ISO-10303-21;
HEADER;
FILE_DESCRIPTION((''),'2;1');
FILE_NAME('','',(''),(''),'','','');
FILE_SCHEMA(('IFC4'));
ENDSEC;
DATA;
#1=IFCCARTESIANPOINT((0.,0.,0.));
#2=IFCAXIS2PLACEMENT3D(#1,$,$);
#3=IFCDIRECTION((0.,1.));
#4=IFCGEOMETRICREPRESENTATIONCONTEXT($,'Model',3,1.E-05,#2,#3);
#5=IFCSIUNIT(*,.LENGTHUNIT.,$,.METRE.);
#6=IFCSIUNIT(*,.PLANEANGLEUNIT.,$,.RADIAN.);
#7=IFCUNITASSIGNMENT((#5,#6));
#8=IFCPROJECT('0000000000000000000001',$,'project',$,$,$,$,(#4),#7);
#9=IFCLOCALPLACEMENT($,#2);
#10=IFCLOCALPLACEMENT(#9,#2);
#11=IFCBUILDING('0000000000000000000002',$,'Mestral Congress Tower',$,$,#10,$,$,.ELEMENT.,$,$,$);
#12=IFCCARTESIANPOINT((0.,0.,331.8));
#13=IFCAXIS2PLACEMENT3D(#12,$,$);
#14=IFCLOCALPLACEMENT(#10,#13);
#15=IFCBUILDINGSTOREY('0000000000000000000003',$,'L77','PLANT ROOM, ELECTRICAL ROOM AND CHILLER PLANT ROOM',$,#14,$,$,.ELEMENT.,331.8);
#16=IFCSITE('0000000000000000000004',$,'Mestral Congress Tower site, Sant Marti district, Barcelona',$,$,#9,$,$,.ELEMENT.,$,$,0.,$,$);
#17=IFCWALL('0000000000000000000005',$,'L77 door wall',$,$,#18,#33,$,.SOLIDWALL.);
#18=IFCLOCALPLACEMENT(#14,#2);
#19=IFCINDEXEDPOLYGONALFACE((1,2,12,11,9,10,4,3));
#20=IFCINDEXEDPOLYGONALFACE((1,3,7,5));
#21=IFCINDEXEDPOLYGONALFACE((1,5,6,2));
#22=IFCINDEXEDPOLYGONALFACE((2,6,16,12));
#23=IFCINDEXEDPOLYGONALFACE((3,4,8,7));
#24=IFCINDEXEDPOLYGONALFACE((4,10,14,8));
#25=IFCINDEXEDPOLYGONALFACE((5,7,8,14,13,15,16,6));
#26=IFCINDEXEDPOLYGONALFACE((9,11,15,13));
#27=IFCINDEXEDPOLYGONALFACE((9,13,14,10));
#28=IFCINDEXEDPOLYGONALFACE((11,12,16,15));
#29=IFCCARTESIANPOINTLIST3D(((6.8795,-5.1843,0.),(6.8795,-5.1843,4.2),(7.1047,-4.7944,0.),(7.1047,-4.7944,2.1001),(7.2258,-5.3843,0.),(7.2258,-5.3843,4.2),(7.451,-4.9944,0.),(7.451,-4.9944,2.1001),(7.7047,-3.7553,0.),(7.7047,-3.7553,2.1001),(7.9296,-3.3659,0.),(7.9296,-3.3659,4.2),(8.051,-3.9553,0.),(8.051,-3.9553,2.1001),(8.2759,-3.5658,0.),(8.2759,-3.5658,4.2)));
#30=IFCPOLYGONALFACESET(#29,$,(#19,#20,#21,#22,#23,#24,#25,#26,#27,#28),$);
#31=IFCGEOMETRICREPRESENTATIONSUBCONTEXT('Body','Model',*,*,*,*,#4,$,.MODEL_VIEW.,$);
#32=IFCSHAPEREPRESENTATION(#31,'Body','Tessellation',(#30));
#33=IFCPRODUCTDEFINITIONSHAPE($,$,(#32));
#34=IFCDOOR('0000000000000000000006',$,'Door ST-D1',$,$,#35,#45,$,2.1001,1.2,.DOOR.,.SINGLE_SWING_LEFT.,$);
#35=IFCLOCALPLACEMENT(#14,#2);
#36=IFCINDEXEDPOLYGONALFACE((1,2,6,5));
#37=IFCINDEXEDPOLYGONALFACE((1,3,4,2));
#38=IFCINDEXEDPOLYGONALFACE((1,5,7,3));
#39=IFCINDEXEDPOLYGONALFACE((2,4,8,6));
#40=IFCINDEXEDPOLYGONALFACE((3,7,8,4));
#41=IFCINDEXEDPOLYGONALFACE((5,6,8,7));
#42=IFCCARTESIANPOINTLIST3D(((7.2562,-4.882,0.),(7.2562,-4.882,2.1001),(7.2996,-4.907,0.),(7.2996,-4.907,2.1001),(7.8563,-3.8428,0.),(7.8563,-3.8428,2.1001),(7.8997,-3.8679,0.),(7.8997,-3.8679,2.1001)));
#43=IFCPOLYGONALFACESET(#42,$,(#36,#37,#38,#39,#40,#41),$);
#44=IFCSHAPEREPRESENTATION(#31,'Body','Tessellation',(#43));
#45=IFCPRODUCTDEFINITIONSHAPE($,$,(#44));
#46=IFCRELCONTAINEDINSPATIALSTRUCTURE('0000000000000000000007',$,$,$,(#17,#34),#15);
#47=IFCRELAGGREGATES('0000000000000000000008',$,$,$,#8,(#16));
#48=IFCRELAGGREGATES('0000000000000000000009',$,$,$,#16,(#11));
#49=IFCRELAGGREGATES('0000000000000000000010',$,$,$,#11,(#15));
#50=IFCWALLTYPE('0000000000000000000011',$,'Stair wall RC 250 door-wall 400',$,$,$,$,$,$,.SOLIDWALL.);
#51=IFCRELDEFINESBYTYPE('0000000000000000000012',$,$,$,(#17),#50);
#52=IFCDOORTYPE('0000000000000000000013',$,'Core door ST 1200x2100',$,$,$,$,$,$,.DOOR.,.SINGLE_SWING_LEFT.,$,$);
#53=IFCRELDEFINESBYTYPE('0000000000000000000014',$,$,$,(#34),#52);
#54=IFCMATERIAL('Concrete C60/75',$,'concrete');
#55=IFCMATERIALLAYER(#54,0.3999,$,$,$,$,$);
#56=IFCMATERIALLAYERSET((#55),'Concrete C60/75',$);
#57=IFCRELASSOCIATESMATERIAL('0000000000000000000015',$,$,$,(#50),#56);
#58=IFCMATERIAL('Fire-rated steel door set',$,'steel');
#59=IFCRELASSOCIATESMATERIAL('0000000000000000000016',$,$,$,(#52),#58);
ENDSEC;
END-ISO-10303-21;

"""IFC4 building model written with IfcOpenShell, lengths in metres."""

from ifc_helpers import new_model, si_unit, direction, frame, frame_2d, origin, place, context, subcontext, project, spatial, rectangle, extrude, material, layer, layer_set, type_object, element, fill, save


model = new_model("IFC4")

# Units and contexts
model_context = context("Model", 3, precision=1e-05, world=origin(), true_north=direction((0.0, 1.0)))
body_context = subcontext(model_context, "Body", "Model", "MODEL_VIEW")
ifc_project = project(units=[si_unit("LENGTHUNIT", "METRE"), si_unit("PLANEANGLEUNIT", "RADIAN")], contexts=[model_context])

# Site, building, storey
site_placement = place(None, origin())
site = spatial("IfcSite", under=ifc_project, at=site_placement, Name="Mestral Congress Tower site, Sant Marti district, Barcelona", CompositionType="ELEMENT", RefElevation=0.0)
building_placement = place(site_placement, origin())
building = spatial("IfcBuilding", under=site, at=building_placement, Name="Mestral Congress Tower", CompositionType="ELEMENT")
storey_placement = place(building_placement, frame((0.0, 0.0, 331.8)))
storey = spatial("IfcBuildingStorey", under=building, at=storey_placement, Name="L77", Description="PLANT ROOM, ELECTRICAL ROOM AND CHILLER PLANT ROOM", CompositionType="ELEMENT", Elevation=331.8)

# Shared definitions
ifc_material_1 = material(Name="Fire-rated steel door set", Category="steel")

# Shared definitions
ifc_material_2 = material(Name="Concrete C60/75", Category="concrete")

# Wall, opening, door
ifc_layer_1 = layer(ifc_material_2, 0.3999)
ifc_layer_set_1 = layer_set([ifc_layer_1], Name="Concrete C60/75")
wall_type_1 = type_object("IfcWallType", Name="Stair wall RC 250 door-wall 400", PredefinedType="SOLIDWALL", material=ifc_layer_set_1)
wall_1_placement = place(storey_placement, frame((7.0527, -5.2842, 0.0), z_axis=(0.0, 0.0, 1.0), x_axis=(0.500078, 0.86598, 0.0)))
wall_1 = element("IfcWall", 1, at=wall_1_placement, inside=storey, type_object=wall_type_1, Name="L77 door wall", PredefinedType="SOLIDWALL", context=body_context, shape_type="SweptSolid", body=[
    extrude(rectangle(XDim=2.0999, YDim=0.3999, at=frame_2d((1.0498, 0.0))), origin(), (0.0, 0.0, 1.0), 4.2),
])
opening_1_placement = place(wall_1_placement, frame((0.45, 0.0, 0.0)))
opening_1 = element("IfcOpeningElement", 2, at=opening_1_placement, cuts=wall_1, PredefinedType="OPENING", context=body_context, shape_type="SweptSolid", body=[
    extrude(rectangle(XDim=1.2, YDim=2.1001, at=frame_2d((0.6001, 1.05))), frame((0.0, 0.21, 0.0), z_axis=(0.0, -1.0, 0.0), x_axis=(1.0, 0.0, 0.0)), (0.0, 0.0, 1.0), 0.4199),
])
door_type_1 = type_object("IfcDoorType", Name="Core door ST 1200x2100", OperationType="SINGLE_SWING_LEFT", PredefinedType="DOOR", material=ifc_material_1)
door_1_placement = place(opening_1_placement, origin())
door_1 = element("IfcDoor", 3, at=door_1_placement, inside=storey, type_object=door_type_1, Name="Door ST-D1", OperationType="SINGLE_SWING_LEFT", OverallHeight=2.1001, OverallWidth=1.2, PredefinedType="DOOR", context=body_context, shape_type="SweptSolid", body=[
    extrude(rectangle(XDim=1.2, YDim=2.1001, at=frame_2d((0.6001, 1.05))), frame((0.0, 0.0249, 0.0), z_axis=(0.0, -1.0, 0.0), x_axis=(1.0, 0.0, 0.0)), (0.0, 0.0, 1.0), 0.05),
])
fill(opening_1, door_1)

save(model, "model.ifc")
